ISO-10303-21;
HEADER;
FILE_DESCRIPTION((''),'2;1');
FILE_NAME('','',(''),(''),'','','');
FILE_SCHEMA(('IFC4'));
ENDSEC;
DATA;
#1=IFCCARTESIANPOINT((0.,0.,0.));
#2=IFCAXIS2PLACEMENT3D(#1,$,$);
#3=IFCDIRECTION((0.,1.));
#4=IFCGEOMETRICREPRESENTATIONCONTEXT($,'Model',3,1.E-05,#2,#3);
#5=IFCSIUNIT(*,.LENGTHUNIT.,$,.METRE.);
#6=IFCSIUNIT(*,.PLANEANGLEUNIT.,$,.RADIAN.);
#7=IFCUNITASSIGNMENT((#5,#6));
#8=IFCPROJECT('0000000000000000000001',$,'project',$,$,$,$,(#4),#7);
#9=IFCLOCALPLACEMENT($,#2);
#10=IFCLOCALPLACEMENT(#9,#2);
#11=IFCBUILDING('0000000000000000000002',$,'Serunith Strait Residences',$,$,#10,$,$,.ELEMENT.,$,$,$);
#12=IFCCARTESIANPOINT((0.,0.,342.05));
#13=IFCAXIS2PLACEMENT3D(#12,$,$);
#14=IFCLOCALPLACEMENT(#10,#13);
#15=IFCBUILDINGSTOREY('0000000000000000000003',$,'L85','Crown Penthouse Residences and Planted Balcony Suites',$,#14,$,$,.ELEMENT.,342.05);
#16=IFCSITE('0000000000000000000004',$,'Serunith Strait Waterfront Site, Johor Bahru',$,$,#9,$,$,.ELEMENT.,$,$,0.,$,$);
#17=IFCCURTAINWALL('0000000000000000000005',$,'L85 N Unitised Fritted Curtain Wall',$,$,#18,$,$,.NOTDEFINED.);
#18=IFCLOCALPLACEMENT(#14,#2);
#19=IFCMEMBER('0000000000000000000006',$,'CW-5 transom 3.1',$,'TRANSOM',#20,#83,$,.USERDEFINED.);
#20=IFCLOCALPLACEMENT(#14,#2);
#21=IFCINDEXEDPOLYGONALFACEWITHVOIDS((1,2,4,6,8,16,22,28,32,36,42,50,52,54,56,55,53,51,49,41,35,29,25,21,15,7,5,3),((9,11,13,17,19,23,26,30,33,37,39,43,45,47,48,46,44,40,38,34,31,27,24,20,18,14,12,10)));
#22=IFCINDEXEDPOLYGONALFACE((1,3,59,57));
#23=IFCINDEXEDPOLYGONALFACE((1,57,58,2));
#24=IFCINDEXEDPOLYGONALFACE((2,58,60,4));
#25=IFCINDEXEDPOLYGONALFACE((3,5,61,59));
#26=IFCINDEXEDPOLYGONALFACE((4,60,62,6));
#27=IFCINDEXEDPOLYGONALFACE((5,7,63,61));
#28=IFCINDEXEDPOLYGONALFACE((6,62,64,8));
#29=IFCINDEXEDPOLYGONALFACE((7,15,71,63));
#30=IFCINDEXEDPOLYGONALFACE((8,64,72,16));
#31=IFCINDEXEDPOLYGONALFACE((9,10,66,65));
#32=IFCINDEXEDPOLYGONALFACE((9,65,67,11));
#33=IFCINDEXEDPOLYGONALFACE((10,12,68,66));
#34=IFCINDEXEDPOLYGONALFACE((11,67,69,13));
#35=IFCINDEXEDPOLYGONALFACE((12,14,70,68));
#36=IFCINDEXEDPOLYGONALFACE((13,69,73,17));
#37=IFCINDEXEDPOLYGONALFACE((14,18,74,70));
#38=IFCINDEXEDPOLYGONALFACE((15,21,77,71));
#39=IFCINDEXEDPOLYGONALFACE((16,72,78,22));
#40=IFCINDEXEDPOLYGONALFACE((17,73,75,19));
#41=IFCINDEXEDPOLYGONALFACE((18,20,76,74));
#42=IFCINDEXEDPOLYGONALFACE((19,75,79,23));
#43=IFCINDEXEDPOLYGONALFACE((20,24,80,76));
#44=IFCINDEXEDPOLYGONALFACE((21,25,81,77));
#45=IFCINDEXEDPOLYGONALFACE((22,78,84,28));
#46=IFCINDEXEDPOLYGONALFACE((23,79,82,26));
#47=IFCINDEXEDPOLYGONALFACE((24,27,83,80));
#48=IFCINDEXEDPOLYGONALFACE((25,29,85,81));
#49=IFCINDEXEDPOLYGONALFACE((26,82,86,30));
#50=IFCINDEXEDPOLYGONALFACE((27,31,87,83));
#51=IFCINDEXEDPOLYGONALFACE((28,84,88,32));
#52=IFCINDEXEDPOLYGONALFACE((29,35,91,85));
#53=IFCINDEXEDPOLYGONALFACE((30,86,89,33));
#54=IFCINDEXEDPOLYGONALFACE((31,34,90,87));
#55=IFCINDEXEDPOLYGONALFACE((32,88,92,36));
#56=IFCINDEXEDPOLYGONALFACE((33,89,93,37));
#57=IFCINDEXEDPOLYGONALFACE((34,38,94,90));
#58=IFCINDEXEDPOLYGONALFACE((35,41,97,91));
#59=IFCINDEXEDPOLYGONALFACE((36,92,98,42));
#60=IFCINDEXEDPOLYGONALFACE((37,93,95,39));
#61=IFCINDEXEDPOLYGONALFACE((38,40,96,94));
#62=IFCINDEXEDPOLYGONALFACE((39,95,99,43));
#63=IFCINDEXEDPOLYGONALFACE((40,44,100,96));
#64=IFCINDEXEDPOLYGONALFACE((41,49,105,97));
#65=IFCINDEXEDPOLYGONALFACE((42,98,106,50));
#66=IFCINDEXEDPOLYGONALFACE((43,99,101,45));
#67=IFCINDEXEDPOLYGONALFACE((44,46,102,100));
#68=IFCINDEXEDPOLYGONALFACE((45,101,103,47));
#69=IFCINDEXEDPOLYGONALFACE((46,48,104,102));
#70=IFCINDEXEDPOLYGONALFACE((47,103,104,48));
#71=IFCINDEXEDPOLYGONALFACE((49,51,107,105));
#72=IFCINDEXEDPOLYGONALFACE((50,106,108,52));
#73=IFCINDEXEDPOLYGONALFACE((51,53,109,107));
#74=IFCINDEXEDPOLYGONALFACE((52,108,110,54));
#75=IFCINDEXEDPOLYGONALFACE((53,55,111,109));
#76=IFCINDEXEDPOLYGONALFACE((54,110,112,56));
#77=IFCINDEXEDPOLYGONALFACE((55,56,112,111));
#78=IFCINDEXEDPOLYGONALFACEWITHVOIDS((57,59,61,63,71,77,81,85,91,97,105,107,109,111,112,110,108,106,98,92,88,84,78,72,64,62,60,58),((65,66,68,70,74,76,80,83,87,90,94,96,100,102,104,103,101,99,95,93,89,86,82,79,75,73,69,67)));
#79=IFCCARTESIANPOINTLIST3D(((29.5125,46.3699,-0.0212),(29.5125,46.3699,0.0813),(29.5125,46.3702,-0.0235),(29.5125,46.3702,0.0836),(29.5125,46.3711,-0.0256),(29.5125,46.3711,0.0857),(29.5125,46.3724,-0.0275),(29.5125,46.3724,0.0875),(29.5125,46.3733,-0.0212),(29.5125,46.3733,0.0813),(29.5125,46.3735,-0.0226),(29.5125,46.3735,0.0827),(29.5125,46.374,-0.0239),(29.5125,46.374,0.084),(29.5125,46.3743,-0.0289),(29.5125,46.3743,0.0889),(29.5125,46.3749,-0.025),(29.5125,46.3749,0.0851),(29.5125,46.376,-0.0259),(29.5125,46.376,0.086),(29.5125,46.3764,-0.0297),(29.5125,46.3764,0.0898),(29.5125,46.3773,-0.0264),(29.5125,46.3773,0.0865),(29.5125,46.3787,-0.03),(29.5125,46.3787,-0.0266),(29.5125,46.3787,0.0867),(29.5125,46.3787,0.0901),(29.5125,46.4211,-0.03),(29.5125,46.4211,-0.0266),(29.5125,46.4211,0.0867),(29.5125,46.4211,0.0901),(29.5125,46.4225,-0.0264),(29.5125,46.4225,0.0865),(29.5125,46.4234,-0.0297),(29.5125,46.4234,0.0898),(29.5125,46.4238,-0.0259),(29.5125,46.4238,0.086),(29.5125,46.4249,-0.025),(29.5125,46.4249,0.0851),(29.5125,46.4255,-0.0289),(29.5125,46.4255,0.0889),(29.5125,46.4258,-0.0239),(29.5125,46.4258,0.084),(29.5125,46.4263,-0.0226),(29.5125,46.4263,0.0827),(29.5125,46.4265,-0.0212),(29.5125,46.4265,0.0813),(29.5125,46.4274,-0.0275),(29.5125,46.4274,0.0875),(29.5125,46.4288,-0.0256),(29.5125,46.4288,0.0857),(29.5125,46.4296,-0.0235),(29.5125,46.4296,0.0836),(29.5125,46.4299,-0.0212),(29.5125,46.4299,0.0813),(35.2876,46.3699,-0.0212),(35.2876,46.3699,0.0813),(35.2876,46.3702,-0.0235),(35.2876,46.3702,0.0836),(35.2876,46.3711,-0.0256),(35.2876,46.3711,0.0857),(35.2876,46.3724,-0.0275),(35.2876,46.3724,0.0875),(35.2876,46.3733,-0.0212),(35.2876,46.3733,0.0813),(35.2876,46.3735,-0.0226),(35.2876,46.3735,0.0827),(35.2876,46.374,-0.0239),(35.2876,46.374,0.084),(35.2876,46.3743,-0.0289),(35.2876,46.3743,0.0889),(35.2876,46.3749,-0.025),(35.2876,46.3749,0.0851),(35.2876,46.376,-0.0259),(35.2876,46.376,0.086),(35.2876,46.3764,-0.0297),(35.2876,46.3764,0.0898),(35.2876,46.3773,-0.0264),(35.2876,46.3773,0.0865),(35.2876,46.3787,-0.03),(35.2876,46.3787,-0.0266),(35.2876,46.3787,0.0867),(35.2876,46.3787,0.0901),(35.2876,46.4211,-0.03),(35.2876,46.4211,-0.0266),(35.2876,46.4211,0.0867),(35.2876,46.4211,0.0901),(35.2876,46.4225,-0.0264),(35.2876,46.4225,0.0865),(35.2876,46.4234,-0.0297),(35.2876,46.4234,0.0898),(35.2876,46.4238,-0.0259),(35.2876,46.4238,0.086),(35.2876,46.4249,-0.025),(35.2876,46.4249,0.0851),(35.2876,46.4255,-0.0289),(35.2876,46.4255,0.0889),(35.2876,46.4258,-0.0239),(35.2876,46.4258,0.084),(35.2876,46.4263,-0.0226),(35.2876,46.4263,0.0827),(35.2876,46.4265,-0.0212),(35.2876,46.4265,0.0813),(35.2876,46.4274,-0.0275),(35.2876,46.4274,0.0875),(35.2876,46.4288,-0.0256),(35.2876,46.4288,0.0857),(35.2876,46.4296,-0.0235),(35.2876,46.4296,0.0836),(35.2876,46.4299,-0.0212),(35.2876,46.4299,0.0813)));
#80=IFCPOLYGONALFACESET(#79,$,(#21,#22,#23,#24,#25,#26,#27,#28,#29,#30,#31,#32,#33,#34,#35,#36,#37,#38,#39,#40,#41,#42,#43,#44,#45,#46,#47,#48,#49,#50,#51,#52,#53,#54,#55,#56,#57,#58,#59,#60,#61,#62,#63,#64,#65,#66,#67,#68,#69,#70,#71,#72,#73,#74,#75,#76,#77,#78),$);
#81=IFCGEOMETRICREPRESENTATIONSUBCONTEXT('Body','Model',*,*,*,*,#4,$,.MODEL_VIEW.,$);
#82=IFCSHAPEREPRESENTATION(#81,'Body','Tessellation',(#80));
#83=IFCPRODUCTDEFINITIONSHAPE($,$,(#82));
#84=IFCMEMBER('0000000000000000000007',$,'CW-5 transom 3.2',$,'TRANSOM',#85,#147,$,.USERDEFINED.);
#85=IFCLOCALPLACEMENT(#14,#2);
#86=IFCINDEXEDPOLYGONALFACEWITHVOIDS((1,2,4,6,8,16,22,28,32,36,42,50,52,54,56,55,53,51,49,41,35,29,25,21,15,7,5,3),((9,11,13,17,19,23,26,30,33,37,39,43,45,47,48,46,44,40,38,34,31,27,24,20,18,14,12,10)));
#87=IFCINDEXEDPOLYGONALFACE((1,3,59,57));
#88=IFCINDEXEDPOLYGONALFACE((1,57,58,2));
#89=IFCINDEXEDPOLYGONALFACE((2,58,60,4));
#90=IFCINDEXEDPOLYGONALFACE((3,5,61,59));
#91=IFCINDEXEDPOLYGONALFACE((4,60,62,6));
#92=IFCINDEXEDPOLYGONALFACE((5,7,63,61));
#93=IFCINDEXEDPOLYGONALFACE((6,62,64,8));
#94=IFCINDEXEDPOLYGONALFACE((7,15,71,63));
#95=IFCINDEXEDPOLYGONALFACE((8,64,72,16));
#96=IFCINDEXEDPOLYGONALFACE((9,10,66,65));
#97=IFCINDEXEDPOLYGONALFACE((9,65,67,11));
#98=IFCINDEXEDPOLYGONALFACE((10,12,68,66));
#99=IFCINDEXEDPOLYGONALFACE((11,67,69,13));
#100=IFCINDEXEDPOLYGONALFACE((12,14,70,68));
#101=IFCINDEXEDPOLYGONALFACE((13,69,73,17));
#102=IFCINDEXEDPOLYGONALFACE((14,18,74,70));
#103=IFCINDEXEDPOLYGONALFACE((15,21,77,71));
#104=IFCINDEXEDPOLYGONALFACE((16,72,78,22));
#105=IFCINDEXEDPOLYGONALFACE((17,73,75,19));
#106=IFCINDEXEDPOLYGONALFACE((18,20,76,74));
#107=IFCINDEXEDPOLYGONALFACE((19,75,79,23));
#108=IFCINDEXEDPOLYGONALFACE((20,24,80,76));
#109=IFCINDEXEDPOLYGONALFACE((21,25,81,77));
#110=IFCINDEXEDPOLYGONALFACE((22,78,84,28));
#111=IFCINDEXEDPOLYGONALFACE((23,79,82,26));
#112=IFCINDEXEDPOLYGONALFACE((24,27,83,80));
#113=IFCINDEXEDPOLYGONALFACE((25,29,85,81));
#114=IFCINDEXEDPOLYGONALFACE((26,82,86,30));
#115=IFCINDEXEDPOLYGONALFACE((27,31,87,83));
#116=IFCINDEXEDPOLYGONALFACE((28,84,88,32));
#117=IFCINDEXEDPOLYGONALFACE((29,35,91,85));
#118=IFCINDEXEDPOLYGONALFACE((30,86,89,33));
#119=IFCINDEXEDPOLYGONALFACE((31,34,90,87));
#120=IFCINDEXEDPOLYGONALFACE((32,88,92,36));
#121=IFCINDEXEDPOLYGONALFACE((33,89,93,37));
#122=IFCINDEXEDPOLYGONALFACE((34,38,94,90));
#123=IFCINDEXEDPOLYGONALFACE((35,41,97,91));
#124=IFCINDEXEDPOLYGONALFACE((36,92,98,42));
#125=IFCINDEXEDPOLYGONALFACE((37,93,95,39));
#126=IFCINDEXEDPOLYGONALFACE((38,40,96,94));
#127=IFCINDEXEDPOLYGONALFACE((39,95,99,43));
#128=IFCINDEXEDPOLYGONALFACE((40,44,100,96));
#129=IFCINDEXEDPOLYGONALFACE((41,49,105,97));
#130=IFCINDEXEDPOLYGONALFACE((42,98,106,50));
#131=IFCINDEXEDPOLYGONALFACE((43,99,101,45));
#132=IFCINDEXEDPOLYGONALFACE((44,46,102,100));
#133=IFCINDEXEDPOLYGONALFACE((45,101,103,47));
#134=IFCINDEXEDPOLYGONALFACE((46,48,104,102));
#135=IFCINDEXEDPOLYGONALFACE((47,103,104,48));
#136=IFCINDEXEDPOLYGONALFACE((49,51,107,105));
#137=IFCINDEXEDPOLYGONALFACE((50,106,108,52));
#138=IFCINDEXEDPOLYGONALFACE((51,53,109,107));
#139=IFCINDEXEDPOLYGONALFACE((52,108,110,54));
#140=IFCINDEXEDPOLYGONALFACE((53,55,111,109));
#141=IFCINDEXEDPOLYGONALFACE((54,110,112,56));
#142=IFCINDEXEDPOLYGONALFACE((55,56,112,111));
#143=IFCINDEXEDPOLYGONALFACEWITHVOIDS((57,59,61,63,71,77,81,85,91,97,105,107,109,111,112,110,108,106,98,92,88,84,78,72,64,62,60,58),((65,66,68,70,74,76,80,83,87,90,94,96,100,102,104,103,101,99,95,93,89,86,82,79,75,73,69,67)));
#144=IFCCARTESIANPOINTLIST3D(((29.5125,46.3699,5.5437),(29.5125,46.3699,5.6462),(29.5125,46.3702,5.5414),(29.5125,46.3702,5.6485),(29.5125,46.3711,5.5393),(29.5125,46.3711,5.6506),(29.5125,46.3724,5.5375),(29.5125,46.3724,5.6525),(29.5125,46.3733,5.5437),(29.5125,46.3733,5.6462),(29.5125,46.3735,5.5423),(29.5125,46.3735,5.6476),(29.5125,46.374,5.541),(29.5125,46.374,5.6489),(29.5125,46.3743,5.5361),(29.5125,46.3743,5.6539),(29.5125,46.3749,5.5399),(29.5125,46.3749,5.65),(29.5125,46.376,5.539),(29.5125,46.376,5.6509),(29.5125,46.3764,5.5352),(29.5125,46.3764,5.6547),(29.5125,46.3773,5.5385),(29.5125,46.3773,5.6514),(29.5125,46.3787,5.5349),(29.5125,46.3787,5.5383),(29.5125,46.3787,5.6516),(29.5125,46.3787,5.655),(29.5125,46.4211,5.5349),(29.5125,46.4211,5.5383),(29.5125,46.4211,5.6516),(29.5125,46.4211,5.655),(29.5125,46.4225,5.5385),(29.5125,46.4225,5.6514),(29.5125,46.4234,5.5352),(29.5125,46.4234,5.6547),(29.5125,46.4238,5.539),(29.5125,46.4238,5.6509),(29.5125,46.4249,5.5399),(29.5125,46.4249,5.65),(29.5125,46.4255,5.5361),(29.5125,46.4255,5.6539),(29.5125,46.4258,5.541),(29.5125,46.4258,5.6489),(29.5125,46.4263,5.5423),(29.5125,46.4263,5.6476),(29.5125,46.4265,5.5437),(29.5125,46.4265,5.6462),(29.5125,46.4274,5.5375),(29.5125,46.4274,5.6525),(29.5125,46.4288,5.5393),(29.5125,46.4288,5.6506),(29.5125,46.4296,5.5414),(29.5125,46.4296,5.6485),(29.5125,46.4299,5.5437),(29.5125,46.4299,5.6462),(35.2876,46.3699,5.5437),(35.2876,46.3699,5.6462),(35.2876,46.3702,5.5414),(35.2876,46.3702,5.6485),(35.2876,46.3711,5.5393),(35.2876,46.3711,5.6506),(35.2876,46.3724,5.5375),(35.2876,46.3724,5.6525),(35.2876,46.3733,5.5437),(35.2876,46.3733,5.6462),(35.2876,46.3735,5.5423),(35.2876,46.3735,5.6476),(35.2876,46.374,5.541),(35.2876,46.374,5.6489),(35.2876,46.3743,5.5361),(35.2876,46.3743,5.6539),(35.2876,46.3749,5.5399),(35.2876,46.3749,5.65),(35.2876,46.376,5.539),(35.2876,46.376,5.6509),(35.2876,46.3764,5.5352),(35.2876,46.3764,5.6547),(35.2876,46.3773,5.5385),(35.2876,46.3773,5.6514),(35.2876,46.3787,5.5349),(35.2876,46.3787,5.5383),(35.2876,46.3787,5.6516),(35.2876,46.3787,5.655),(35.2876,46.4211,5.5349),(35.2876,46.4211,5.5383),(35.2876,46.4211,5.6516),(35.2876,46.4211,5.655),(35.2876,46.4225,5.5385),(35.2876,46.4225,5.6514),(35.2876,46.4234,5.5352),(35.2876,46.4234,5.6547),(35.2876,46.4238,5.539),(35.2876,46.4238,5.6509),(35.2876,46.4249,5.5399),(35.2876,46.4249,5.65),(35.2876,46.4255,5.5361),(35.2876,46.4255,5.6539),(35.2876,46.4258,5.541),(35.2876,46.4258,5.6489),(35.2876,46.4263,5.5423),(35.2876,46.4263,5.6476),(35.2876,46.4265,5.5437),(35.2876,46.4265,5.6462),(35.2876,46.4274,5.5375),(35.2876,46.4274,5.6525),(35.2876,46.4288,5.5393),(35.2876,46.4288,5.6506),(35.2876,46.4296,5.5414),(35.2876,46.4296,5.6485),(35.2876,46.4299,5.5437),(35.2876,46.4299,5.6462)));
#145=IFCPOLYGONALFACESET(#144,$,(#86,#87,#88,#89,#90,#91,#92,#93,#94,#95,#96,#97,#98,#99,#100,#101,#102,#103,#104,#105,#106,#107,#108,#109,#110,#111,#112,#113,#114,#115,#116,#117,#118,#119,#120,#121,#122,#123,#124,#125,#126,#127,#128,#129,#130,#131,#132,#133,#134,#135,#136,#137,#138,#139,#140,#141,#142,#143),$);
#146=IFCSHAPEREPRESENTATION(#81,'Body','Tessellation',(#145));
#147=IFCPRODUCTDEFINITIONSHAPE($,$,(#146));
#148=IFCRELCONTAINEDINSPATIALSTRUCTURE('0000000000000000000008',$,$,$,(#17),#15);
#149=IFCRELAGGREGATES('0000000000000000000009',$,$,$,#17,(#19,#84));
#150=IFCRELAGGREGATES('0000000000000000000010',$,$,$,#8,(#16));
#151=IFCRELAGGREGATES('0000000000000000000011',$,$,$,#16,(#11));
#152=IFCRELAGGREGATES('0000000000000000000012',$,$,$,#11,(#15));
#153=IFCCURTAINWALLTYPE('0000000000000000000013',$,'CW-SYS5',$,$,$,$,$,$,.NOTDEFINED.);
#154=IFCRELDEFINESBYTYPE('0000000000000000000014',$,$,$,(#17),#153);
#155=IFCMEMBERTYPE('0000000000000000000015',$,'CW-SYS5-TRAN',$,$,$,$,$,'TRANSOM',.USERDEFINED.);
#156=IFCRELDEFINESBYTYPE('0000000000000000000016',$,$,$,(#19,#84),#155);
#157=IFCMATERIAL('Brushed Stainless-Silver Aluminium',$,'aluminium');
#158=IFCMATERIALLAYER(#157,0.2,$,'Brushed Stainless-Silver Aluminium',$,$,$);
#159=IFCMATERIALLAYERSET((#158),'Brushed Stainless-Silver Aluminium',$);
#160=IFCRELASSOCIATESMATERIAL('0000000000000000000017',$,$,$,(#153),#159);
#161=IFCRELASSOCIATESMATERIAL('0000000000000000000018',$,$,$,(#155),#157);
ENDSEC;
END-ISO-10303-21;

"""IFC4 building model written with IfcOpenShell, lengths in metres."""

from ifc_helpers import new_model, si_unit, direction, frame, origin, origin_2d, place, context, subcontext, project, spatial, hollow_rectangle, extrude, source, transform, mapped, material, layer, layer_set, material_profile, profile_set, type_object, element, aggregate, save


model = new_model("IFC4")

# Units and contexts
model_context = context("Model", 3, precision=1e-05, world=origin(), true_north=direction((0.0, 1.0)))
body_context = subcontext(model_context, "Body", "Model", "MODEL_VIEW")
ifc_project = project(units=[si_unit("LENGTHUNIT", "METRE"), si_unit("PLANEANGLEUNIT", "RADIAN")], contexts=[model_context])

# Site, building, storey
site_placement = place(None, origin())
site = spatial("IfcSite", under=ifc_project, at=site_placement, Name="Serunith Strait Waterfront Site, Johor Bahru", CompositionType="ELEMENT", RefElevation=0.0)
building_placement = place(site_placement, origin())
building = spatial("IfcBuilding", under=site, at=building_placement, Name="Serunith Strait Residences", CompositionType="ELEMENT")
storey_placement = place(building_placement, frame((0.0, 0.0, 342.05)))
storey = spatial("IfcBuildingStorey", under=building, at=storey_placement, Name="L85", Description="Crown Penthouse Residences and Planted Balcony Suites", CompositionType="ELEMENT", Elevation=342.05)

# Curtain wall, members
ifc_material_1 = material(Name="Brushed Stainless-Silver Aluminium", Category="aluminium")
ifc_layer_1 = layer(ifc_material_1, 0.2, Name="Brushed Stainless-Silver Aluminium")
ifc_layer_set_1 = layer_set([ifc_layer_1], Name="Brushed Stainless-Silver Aluminium")
curtain_wall_type = type_object("IfcCurtainWallType", Name="CW-SYS5", PredefinedType="NOTDEFINED", material=ifc_layer_set_1)
curtain_wall_placement = place(storey_placement, origin())
curtain_wall = element("IfcCurtainWall", 1, at=curtain_wall_placement, inside=storey, type_object=curtain_wall_type, Name="L85 N Unitised Fritted Curtain Wall", PredefinedType="NOTDEFINED")
ifc_material_profile_1 = material_profile(ifc_material_1, hollow_rectangle(XDim=0.0601, YDim=0.1201, WallThickness=0.0034, InnerFilletRadius=0.0054, OuterFilletRadius=0.0088, at=origin_2d()), Name="ALU 120x60x3.5")
ifc_profile_set_1 = profile_set([ifc_material_profile_1], Name="Brushed Stainless-Silver Aluminium")
member_type_1 = type_object("IfcMemberType", Name="CW-SYS5-TRAN", ElementType="TRANSOM", PredefinedType="USERDEFINED", material=ifc_profile_set_1)
shared_shape_1 = source(origin(), body_context, "Body", "SweptSolid", [
    extrude(hollow_rectangle(XDim=0.0601, YDim=0.1201, WallThickness=0.0034, InnerFilletRadius=0.0054, OuterFilletRadius=0.0088, at=origin_2d()), origin(), (0.0, 0.0, 1.0), 5.7751),
])
member_1_placement = place(storey_placement, frame((35.2876, 46.3999, 0.03), z_axis=(-1.0, 0.0, 0.0), x_axis=(0.0, -1.0, 0.0)))
member_1 = element("IfcMember", 2, at=member_1_placement, type_object=member_type_1, Name="CW-5 transom 3.1", ObjectType="TRANSOM", PredefinedType="USERDEFINED", context=body_context, shape_type="MappedRepresentation", body=[
    mapped(shared_shape_1, transform((0.0, 0.0, 0.0), scale=1.0)),
])
member_2_placement = place(storey_placement, frame((35.2876, 46.3999, 5.595), z_axis=(-1.0, 0.0, 0.0), x_axis=(0.0, -1.0, 0.0)))
member_2 = element("IfcMember", 3, at=member_2_placement, type_object=member_type_1, Name="CW-5 transom 3.2", ObjectType="TRANSOM", PredefinedType="USERDEFINED", context=body_context, shape_type="MappedRepresentation", body=[
    mapped(shared_shape_1, transform((0.0, 0.0, 0.0), scale=1.0)),
])
aggregate(curtain_wall, [member_1, member_2])

save(model, "model.ifc")
